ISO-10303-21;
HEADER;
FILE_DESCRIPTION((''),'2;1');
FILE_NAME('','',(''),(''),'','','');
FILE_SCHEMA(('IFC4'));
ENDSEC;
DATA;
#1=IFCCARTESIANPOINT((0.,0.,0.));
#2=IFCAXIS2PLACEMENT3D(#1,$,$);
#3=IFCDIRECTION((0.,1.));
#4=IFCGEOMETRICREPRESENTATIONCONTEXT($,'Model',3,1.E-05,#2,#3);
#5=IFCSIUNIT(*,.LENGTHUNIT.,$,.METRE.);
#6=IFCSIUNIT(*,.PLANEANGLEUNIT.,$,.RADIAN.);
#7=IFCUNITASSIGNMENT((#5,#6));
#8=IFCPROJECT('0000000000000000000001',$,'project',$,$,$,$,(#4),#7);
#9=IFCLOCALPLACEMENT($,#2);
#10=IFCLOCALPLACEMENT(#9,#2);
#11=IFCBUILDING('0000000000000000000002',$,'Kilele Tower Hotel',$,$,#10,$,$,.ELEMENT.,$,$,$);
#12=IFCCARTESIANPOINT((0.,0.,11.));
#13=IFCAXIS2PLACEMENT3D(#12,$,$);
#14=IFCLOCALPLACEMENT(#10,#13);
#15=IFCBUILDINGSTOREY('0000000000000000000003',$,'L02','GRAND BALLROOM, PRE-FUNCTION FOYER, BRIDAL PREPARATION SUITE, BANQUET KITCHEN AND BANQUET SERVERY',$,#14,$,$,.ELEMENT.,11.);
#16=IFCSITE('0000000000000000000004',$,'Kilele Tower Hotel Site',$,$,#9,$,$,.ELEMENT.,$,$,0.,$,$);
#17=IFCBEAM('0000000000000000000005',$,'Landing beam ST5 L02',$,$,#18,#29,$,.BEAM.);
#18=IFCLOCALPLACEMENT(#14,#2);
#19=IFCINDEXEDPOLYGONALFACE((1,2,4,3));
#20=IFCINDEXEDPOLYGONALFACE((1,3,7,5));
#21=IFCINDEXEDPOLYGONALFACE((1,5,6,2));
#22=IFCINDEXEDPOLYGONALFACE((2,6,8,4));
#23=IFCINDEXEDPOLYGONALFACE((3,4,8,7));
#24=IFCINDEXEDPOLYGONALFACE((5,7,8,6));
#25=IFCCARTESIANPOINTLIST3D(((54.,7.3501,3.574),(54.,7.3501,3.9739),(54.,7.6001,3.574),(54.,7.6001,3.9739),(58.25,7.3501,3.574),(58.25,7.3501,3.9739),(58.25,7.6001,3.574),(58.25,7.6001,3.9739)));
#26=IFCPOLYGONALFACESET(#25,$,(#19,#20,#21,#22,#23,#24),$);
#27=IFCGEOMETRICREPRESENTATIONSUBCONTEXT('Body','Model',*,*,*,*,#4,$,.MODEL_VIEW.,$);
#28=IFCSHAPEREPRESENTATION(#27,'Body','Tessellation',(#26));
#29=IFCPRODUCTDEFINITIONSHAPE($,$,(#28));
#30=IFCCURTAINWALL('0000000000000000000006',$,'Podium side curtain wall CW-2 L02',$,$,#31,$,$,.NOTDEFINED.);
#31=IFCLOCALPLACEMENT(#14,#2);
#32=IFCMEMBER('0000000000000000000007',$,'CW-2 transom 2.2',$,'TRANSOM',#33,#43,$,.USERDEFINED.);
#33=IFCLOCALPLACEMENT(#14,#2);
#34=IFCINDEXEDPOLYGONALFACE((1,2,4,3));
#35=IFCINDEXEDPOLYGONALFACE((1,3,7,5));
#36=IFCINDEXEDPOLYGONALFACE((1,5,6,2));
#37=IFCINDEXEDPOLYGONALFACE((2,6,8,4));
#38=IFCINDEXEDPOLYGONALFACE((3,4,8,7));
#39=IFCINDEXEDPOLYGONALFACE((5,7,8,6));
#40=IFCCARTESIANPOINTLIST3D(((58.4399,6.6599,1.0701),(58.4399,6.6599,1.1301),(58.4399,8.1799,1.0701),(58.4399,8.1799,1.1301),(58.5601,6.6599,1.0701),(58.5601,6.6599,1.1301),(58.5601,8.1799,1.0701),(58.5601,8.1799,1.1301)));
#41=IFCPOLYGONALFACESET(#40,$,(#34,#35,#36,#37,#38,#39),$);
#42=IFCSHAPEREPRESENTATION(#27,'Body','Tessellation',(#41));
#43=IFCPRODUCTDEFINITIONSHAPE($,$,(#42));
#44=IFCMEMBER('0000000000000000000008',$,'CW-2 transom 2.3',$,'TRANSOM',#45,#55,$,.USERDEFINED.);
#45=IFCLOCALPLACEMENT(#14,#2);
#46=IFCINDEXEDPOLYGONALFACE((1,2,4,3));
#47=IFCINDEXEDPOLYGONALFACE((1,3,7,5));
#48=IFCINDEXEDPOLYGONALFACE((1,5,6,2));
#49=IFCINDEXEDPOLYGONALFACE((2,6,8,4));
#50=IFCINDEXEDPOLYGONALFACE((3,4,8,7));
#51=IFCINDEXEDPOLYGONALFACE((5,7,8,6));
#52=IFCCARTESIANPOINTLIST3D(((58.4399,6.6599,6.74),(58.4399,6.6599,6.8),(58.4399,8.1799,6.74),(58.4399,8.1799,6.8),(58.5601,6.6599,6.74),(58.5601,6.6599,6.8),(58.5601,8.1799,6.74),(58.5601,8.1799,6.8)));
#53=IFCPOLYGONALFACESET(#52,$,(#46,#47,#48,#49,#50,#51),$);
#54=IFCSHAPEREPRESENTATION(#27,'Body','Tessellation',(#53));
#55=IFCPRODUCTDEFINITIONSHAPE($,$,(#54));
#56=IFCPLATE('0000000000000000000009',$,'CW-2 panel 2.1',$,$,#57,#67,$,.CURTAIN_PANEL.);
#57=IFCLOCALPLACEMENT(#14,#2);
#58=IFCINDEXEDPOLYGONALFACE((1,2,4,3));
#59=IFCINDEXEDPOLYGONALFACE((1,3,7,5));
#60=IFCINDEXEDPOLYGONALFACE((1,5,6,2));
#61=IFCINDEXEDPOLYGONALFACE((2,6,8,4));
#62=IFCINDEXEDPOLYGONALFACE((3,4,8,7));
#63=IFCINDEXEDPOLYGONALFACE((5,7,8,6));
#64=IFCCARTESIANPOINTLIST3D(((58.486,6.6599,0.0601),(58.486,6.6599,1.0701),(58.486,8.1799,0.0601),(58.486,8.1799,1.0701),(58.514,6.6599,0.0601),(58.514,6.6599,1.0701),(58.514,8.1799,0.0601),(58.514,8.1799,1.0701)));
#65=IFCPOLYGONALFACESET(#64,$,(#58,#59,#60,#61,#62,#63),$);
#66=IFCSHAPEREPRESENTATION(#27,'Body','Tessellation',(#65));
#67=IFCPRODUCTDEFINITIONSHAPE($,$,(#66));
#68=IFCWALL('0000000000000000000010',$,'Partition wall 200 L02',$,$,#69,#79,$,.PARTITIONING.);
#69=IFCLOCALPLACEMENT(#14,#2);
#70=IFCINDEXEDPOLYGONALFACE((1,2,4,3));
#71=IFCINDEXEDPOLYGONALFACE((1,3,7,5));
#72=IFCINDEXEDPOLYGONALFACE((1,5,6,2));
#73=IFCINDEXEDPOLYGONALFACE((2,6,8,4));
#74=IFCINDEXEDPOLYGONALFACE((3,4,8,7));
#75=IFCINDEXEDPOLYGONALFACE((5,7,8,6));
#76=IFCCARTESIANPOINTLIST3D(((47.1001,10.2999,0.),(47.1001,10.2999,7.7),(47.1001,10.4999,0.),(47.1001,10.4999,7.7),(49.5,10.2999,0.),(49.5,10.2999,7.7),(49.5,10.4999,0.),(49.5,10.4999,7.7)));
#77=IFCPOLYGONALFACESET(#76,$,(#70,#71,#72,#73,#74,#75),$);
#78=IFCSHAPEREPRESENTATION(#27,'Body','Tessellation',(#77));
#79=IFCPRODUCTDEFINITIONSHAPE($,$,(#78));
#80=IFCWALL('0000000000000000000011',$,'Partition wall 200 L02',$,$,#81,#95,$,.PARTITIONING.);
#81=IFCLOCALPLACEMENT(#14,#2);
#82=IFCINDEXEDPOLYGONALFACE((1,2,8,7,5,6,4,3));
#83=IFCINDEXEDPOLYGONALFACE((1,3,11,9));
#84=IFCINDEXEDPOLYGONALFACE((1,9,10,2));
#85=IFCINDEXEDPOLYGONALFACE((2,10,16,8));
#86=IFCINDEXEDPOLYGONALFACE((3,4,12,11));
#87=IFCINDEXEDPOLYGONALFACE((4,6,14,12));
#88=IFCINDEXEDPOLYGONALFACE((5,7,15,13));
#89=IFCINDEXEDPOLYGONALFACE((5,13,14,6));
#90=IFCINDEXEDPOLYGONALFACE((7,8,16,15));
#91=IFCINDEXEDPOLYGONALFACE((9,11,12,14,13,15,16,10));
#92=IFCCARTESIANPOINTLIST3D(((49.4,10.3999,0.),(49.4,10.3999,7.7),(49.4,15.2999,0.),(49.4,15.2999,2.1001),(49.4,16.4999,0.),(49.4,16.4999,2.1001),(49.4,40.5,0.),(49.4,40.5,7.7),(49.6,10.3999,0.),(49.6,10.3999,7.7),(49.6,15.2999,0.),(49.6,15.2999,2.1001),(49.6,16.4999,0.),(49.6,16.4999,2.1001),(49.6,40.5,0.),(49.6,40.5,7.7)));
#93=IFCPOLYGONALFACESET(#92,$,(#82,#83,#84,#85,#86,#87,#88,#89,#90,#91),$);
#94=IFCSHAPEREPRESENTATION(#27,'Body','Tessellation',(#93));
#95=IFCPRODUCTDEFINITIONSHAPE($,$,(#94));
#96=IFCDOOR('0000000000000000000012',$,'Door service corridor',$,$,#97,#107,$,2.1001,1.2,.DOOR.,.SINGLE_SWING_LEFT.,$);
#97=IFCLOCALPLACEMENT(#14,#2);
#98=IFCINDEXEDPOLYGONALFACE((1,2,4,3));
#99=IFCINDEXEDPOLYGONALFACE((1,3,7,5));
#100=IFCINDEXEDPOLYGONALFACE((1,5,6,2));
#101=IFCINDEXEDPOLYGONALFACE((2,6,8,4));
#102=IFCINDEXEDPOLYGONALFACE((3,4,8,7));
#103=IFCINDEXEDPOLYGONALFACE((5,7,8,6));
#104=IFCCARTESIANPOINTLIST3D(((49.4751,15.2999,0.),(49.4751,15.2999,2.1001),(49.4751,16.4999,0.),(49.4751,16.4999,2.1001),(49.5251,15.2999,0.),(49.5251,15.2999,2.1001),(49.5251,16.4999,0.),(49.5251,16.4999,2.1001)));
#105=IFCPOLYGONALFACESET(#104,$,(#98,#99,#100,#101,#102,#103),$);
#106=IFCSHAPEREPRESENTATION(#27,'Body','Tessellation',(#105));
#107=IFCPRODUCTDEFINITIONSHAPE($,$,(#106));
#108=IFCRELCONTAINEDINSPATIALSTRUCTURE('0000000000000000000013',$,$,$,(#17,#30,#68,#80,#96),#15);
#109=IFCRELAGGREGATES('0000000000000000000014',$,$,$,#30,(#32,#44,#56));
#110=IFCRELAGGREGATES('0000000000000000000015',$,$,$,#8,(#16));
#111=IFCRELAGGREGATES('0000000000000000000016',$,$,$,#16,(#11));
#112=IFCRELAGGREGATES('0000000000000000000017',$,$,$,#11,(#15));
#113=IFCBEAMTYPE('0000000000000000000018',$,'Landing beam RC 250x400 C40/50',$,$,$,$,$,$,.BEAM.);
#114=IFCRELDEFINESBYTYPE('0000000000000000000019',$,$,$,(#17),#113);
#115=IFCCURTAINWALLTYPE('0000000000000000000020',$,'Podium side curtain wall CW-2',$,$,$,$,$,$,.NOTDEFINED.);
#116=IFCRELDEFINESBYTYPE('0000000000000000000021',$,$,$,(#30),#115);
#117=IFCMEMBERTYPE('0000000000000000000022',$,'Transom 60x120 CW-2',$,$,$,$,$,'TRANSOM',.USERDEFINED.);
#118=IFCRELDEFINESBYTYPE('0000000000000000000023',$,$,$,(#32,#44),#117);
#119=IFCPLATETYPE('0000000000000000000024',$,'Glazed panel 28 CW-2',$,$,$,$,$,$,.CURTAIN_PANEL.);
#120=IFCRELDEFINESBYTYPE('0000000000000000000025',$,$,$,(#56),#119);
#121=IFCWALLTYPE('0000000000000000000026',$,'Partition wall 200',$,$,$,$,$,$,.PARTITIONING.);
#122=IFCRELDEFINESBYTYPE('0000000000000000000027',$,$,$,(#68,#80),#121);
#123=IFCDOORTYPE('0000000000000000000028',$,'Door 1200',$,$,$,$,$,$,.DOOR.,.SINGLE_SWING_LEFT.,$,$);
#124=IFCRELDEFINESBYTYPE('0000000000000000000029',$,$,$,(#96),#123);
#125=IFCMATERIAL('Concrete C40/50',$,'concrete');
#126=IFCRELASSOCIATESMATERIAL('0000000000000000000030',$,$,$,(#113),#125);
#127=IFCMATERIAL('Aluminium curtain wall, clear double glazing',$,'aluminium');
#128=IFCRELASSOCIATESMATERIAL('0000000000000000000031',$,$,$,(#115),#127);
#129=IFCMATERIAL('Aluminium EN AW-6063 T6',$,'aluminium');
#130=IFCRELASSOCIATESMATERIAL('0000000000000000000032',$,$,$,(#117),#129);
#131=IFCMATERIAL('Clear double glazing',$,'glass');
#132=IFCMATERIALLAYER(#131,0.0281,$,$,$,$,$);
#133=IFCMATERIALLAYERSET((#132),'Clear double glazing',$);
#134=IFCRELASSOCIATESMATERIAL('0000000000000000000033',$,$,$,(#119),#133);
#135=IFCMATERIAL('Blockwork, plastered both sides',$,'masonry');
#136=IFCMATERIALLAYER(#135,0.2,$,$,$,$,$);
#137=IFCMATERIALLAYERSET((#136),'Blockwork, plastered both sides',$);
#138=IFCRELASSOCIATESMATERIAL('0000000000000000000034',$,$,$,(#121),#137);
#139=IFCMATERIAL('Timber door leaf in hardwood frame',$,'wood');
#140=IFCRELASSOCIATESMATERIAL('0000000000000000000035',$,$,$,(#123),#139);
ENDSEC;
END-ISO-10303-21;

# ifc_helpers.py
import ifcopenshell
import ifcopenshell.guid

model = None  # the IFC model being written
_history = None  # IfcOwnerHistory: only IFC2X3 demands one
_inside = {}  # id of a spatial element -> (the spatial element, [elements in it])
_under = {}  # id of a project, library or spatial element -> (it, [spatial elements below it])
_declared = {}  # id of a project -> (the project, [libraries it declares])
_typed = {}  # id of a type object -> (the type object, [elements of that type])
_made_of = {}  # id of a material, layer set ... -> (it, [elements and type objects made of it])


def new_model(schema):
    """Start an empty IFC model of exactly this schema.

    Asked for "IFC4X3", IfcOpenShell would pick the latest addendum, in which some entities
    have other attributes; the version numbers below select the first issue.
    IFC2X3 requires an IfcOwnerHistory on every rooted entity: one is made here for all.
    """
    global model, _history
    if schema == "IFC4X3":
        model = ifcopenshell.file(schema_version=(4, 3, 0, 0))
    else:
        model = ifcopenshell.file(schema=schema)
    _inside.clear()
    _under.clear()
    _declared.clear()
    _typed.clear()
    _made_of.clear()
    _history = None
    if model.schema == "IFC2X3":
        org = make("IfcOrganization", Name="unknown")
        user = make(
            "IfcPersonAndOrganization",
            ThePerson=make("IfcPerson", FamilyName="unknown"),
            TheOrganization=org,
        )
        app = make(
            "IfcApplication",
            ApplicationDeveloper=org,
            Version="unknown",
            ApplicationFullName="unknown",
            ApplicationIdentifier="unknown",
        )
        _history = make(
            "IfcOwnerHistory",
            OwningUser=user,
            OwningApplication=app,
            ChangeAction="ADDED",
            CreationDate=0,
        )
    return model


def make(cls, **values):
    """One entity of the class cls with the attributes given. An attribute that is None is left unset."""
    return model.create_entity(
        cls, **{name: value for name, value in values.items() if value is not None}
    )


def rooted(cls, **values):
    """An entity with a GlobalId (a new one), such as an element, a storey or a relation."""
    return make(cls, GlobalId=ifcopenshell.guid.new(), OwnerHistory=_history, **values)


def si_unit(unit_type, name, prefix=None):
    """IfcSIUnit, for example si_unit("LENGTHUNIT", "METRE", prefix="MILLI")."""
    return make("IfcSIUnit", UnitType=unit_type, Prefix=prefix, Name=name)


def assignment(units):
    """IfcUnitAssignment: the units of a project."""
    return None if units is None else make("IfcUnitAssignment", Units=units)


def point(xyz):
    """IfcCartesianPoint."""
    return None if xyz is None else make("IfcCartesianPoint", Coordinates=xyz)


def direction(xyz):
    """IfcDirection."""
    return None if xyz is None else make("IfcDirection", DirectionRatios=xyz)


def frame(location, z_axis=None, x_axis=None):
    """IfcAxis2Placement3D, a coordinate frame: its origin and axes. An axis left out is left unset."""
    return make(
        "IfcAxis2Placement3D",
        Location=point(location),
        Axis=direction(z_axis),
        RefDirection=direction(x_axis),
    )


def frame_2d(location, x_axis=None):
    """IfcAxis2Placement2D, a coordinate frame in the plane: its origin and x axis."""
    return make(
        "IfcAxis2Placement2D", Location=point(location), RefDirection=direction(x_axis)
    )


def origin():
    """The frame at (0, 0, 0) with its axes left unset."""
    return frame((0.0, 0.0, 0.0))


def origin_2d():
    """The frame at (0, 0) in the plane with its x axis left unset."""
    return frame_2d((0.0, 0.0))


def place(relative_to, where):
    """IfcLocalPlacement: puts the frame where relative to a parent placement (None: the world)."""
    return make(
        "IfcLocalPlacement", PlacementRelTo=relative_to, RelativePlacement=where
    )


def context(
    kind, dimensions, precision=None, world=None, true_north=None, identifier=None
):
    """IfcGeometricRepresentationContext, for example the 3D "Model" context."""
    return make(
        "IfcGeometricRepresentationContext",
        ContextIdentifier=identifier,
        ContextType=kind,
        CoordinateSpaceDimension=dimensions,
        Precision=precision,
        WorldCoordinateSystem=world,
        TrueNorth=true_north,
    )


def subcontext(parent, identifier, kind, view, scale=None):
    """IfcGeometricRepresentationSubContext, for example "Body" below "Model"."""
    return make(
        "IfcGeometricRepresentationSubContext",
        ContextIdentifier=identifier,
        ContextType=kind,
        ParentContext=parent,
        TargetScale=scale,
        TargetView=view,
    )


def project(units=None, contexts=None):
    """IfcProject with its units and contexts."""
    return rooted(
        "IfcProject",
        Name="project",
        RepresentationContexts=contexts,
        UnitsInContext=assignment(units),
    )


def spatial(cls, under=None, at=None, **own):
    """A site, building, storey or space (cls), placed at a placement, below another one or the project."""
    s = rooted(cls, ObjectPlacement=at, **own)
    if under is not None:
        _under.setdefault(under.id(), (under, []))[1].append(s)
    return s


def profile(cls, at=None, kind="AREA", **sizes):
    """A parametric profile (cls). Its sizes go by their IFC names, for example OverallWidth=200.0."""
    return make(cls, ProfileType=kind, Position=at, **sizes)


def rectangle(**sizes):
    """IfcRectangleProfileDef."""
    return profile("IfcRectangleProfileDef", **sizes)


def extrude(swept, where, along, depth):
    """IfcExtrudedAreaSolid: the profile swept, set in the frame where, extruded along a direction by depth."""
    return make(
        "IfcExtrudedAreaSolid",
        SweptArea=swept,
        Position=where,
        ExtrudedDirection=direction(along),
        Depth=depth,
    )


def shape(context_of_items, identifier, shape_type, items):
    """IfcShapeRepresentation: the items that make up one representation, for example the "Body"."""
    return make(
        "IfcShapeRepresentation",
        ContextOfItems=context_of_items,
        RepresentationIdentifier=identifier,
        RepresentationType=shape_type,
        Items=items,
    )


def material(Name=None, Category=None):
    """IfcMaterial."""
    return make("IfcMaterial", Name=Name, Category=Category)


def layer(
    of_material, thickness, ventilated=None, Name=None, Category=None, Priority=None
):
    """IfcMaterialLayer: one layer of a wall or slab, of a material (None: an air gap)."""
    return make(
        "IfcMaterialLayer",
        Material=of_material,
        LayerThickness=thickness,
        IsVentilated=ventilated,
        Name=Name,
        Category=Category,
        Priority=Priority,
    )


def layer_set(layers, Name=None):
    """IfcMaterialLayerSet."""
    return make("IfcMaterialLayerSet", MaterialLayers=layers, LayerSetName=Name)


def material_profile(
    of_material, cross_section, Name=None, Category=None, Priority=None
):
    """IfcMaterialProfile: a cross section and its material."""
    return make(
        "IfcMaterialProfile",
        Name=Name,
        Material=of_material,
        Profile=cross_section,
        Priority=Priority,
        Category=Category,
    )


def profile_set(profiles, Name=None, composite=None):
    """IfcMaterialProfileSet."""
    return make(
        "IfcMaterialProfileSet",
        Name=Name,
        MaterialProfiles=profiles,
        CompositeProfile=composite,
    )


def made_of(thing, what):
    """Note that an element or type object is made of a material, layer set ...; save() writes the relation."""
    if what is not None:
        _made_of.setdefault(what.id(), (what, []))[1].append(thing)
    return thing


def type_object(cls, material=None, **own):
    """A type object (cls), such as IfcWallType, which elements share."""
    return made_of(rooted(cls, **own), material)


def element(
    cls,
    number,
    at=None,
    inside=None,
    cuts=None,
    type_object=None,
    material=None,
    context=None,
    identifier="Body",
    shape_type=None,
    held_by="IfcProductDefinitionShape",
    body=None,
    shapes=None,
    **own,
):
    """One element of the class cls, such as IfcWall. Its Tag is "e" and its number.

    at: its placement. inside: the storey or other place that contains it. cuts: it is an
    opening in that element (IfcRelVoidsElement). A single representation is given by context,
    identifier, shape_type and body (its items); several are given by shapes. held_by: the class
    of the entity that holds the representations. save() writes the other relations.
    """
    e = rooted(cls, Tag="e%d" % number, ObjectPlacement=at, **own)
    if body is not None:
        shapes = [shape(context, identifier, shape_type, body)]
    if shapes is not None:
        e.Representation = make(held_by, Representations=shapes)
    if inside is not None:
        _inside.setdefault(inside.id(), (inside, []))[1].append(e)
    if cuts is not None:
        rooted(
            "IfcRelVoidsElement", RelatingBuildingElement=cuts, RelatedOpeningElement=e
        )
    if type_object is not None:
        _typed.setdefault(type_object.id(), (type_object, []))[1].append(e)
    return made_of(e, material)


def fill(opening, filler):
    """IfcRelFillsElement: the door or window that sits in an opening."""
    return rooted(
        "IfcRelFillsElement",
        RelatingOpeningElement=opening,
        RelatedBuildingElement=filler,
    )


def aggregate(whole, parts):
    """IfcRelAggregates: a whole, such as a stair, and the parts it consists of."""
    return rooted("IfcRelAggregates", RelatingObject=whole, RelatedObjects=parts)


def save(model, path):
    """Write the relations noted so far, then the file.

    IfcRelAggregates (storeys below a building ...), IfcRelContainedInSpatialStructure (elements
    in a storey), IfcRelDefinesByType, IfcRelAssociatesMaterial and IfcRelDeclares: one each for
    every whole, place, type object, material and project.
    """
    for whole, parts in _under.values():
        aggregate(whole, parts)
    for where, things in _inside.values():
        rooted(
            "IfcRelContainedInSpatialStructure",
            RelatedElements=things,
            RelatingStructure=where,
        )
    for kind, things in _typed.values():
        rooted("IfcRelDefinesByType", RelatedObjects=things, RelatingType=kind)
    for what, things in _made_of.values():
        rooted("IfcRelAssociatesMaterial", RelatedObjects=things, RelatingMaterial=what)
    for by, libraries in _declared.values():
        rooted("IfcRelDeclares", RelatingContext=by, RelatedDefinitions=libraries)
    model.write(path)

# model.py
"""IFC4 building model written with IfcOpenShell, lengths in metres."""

from ifc_helpers import new_model, si_unit, direction, frame, frame_2d, origin, origin_2d, place, context, subcontext, project, spatial, rectangle, extrude, material, layer, layer_set, material_profile, profile_set, type_object, element, fill, aggregate, save


model = new_model("IFC4")

# Units and contexts
model_context = context("Model", 3, precision=1e-05, world=origin(), true_north=direction((0.0, 1.0)))
body_context = subcontext(model_context, "Body", "Model", "MODEL_VIEW")
ifc_project = project(units=[si_unit("LENGTHUNIT", "METRE"), si_unit("PLANEANGLEUNIT", "RADIAN")], contexts=[model_context])

# Site, building, storey
site_placement = place(None, origin())
site = spatial("IfcSite", under=ifc_project, at=site_placement, Name="Kilele Tower Hotel Site", CompositionType="ELEMENT", RefElevation=0.0)
building_placement = place(site_placement, origin())
building = spatial("IfcBuilding", under=site, at=building_placement, Name="Kilele Tower Hotel", CompositionType="ELEMENT")
storey_placement = place(building_placement, frame((0.0, 0.0, 11.0)))
storey = spatial("IfcBuildingStorey", under=building, at=storey_placement, Name="L02", Description="GRAND BALLROOM, PRE-FUNCTION FOYER, BRIDAL PREPARATION SUITE, BANQUET KITCHEN AND BANQUET SERVERY", CompositionType="ELEMENT", Elevation=11.0)

# Beam
ifc_material_1 = material(Name="Concrete C40/50", Category="concrete")
ifc_material_profile_1 = material_profile(ifc_material_1, rectangle(XDim=0.25, YDim=0.3999, at=origin_2d()))
ifc_profile_set_1 = profile_set([ifc_material_profile_1], Name="Concrete C40/50")
beam_type = type_object("IfcBeamType", Name="Landing beam RC 250x400 C40/50", PredefinedType="BEAM", material=ifc_profile_set_1)
beam_placement = place(storey_placement, frame((54.0, 7.4751, 3.7739), z_axis=(1.0, 0.0, 0.0), x_axis=(0.0, 1.0, 0.0)))
element("IfcBeam", 1, at=beam_placement, inside=storey, type_object=beam_type, Name="Landing beam ST5 L02", PredefinedType="BEAM", context=body_context, shape_type="SweptSolid", body=[
    extrude(rectangle(XDim=0.25, YDim=0.3999, at=origin_2d()), origin(), (0.0, 0.0, 1.0), 4.25),
])

# Curtain wall, members, plate
ifc_material_2 = material(Name="Aluminium curtain wall, clear double glazing", Category="aluminium")
curtain_wall_type = type_object("IfcCurtainWallType", Name="Podium side curtain wall CW-2", PredefinedType="NOTDEFINED", material=ifc_material_2)
curtain_wall_placement = place(storey_placement, origin())
curtain_wall = element("IfcCurtainWall", 2, at=curtain_wall_placement, inside=storey, type_object=curtain_wall_type, Name="Podium side curtain wall CW-2 L02", PredefinedType="NOTDEFINED")
ifc_material_3 = material(Name="Aluminium EN AW-6063 T6", Category="aluminium")
ifc_material_profile_2 = material_profile(ifc_material_3, rectangle(XDim=0.1201, YDim=0.0601, at=origin_2d()))
ifc_profile_set_2 = profile_set([ifc_material_profile_2], Name="Aluminium EN AW-6063 T6")
member_type = type_object("IfcMemberType", Name="Transom 60x120 CW-2", ElementType="TRANSOM", PredefinedType="USERDEFINED", material=ifc_profile_set_2)
member_1_placement = place(storey_placement, frame((58.5, 6.6599, 1.1001), z_axis=(0.0, 1.0, 0.0), x_axis=(-1.0, 0.0, 0.0)))
member_1 = element("IfcMember", 3, at=member_1_placement, type_object=member_type, Name="CW-2 transom 2.2", ObjectType="TRANSOM", PredefinedType="USERDEFINED", context=body_context, shape_type="SweptSolid", body=[
    extrude(rectangle(XDim=0.1201, YDim=0.0601, at=origin_2d()), origin(), (0.0, 0.0, 1.0), 1.52),
])
member_2_placement = place(storey_placement, frame((58.5, 6.6599, 6.77), z_axis=(0.0, 1.0, 0.0), x_axis=(-1.0, 0.0, 0.0)))
member_2 = element("IfcMember", 4, at=member_2_placement, type_object=member_type, Name="CW-2 transom 2.3", ObjectType="TRANSOM", PredefinedType="USERDEFINED", context=body_context, shape_type="SweptSolid", body=[
    extrude(rectangle(XDim=0.1201, YDim=0.0601, at=origin_2d()), origin(), (0.0, 0.0, 1.0), 1.52),
])
ifc_material_4 = material(Name="Clear double glazing", Category="glass")
ifc_layer_1 = layer(ifc_material_4, 0.0281)
ifc_layer_set_1 = layer_set([ifc_layer_1], Name="Clear double glazing")
plate_type = type_object("IfcPlateType", Name="Glazed panel 28 CW-2", PredefinedType="CURTAIN_PANEL", material=ifc_layer_set_1)
plate_placement = place(storey_placement, frame((58.5, 7.4199, 0.0601), z_axis=(0.0, 0.0, 1.0), x_axis=(0.0, 1.0, 0.0)))
plate = element("IfcPlate", 5, at=plate_placement, type_object=plate_type, Name="CW-2 panel 2.1", PredefinedType="CURTAIN_PANEL", context=body_context, shape_type="SweptSolid", body=[
    extrude(rectangle(XDim=1.52, YDim=0.0281, at=origin_2d()), origin(), (0.0, 0.0, 1.0), 1.01),
])
aggregate(curtain_wall, [member_1, member_2, plate])

# Wall
ifc_material_5 = material(Name="Blockwork, plastered both sides", Category="masonry")
ifc_layer_2 = layer(ifc_material_5, 0.2)
ifc_layer_set_2 = layer_set([ifc_layer_2], Name="Blockwork, plastered both sides")
wall_type_1 = type_object("IfcWallType", Name="Partition wall 200", PredefinedType="PARTITIONING", material=ifc_layer_set_2)
wall_1_placement = place(storey_placement, frame((47.1001, 10.3999, 0.0), z_axis=(0.0, 0.0, 1.0), x_axis=(1.0, 0.0, 0.0)))
element("IfcWall", 6, at=wall_1_placement, inside=storey, type_object=wall_type_1, Name="Partition wall 200 L02", PredefinedType="PARTITIONING", context=body_context, shape_type="SweptSolid", body=[
    extrude(rectangle(XDim=2.3999, YDim=0.2, at=frame_2d((1.2, 0.0))), origin(), (0.0, 0.0, 1.0), 7.7),
])

# Wall, opening, door
wall_2_placement = place(storey_placement, frame((49.5, 10.3999, 0.0), z_axis=(0.0, 0.0, 1.0), x_axis=(0.0, 1.0, 0.0)))
wall_2 = element("IfcWall", 7, at=wall_2_placement, inside=storey, type_object=wall_type_1, Name="Partition wall 200 L02", PredefinedType="PARTITIONING", context=body_context, shape_type="SweptSolid", body=[
    extrude(rectangle(XDim=30.1001, YDim=0.2, at=frame_2d((15.05, 0.0))), origin(), (0.0, 0.0, 1.0), 7.7),
])
opening_1_placement = place(wall_2_placement, frame((4.8999, 0.0, 0.0)))
opening_1 = element("IfcOpeningElement", 8, at=opening_1_placement, cuts=wall_2, PredefinedType="OPENING", context=body_context, shape_type="SweptSolid", body=[
    extrude(rectangle(XDim=1.2, YDim=2.1001, at=frame_2d((0.6001, 1.05))), frame((0.0, 0.1099, 0.0), z_axis=(0.0, -1.0, 0.0), x_axis=(1.0, 0.0, 0.0)), (0.0, 0.0, 1.0), 0.22),
])
ifc_material_6 = material(Name="Timber door leaf in hardwood frame", Category="wood")
door_type_1 = type_object("IfcDoorType", Name="Door 1200", OperationType="SINGLE_SWING_LEFT", PredefinedType="DOOR", material=ifc_material_6)
door_1_placement = place(opening_1_placement, origin())
door_1 = element("IfcDoor", 9, at=door_1_placement, inside=storey, type_object=door_type_1, Name="Door service corridor", OperationType="SINGLE_SWING_LEFT", OverallHeight=2.1001, OverallWidth=1.2, PredefinedType="DOOR", context=body_context, shape_type="SweptSolid", body=[
    extrude(rectangle(XDim=1.2, YDim=2.1001, at=frame_2d((0.6001, 1.05))), frame((0.0, 0.0249, 0.0), z_axis=(0.0, -1.0, 0.0), x_axis=(1.0, 0.0, 0.0)), (0.0, 0.0, 1.0), 0.05),
])
fill(opening_1, door_1)

save(model, "model.ifc")
